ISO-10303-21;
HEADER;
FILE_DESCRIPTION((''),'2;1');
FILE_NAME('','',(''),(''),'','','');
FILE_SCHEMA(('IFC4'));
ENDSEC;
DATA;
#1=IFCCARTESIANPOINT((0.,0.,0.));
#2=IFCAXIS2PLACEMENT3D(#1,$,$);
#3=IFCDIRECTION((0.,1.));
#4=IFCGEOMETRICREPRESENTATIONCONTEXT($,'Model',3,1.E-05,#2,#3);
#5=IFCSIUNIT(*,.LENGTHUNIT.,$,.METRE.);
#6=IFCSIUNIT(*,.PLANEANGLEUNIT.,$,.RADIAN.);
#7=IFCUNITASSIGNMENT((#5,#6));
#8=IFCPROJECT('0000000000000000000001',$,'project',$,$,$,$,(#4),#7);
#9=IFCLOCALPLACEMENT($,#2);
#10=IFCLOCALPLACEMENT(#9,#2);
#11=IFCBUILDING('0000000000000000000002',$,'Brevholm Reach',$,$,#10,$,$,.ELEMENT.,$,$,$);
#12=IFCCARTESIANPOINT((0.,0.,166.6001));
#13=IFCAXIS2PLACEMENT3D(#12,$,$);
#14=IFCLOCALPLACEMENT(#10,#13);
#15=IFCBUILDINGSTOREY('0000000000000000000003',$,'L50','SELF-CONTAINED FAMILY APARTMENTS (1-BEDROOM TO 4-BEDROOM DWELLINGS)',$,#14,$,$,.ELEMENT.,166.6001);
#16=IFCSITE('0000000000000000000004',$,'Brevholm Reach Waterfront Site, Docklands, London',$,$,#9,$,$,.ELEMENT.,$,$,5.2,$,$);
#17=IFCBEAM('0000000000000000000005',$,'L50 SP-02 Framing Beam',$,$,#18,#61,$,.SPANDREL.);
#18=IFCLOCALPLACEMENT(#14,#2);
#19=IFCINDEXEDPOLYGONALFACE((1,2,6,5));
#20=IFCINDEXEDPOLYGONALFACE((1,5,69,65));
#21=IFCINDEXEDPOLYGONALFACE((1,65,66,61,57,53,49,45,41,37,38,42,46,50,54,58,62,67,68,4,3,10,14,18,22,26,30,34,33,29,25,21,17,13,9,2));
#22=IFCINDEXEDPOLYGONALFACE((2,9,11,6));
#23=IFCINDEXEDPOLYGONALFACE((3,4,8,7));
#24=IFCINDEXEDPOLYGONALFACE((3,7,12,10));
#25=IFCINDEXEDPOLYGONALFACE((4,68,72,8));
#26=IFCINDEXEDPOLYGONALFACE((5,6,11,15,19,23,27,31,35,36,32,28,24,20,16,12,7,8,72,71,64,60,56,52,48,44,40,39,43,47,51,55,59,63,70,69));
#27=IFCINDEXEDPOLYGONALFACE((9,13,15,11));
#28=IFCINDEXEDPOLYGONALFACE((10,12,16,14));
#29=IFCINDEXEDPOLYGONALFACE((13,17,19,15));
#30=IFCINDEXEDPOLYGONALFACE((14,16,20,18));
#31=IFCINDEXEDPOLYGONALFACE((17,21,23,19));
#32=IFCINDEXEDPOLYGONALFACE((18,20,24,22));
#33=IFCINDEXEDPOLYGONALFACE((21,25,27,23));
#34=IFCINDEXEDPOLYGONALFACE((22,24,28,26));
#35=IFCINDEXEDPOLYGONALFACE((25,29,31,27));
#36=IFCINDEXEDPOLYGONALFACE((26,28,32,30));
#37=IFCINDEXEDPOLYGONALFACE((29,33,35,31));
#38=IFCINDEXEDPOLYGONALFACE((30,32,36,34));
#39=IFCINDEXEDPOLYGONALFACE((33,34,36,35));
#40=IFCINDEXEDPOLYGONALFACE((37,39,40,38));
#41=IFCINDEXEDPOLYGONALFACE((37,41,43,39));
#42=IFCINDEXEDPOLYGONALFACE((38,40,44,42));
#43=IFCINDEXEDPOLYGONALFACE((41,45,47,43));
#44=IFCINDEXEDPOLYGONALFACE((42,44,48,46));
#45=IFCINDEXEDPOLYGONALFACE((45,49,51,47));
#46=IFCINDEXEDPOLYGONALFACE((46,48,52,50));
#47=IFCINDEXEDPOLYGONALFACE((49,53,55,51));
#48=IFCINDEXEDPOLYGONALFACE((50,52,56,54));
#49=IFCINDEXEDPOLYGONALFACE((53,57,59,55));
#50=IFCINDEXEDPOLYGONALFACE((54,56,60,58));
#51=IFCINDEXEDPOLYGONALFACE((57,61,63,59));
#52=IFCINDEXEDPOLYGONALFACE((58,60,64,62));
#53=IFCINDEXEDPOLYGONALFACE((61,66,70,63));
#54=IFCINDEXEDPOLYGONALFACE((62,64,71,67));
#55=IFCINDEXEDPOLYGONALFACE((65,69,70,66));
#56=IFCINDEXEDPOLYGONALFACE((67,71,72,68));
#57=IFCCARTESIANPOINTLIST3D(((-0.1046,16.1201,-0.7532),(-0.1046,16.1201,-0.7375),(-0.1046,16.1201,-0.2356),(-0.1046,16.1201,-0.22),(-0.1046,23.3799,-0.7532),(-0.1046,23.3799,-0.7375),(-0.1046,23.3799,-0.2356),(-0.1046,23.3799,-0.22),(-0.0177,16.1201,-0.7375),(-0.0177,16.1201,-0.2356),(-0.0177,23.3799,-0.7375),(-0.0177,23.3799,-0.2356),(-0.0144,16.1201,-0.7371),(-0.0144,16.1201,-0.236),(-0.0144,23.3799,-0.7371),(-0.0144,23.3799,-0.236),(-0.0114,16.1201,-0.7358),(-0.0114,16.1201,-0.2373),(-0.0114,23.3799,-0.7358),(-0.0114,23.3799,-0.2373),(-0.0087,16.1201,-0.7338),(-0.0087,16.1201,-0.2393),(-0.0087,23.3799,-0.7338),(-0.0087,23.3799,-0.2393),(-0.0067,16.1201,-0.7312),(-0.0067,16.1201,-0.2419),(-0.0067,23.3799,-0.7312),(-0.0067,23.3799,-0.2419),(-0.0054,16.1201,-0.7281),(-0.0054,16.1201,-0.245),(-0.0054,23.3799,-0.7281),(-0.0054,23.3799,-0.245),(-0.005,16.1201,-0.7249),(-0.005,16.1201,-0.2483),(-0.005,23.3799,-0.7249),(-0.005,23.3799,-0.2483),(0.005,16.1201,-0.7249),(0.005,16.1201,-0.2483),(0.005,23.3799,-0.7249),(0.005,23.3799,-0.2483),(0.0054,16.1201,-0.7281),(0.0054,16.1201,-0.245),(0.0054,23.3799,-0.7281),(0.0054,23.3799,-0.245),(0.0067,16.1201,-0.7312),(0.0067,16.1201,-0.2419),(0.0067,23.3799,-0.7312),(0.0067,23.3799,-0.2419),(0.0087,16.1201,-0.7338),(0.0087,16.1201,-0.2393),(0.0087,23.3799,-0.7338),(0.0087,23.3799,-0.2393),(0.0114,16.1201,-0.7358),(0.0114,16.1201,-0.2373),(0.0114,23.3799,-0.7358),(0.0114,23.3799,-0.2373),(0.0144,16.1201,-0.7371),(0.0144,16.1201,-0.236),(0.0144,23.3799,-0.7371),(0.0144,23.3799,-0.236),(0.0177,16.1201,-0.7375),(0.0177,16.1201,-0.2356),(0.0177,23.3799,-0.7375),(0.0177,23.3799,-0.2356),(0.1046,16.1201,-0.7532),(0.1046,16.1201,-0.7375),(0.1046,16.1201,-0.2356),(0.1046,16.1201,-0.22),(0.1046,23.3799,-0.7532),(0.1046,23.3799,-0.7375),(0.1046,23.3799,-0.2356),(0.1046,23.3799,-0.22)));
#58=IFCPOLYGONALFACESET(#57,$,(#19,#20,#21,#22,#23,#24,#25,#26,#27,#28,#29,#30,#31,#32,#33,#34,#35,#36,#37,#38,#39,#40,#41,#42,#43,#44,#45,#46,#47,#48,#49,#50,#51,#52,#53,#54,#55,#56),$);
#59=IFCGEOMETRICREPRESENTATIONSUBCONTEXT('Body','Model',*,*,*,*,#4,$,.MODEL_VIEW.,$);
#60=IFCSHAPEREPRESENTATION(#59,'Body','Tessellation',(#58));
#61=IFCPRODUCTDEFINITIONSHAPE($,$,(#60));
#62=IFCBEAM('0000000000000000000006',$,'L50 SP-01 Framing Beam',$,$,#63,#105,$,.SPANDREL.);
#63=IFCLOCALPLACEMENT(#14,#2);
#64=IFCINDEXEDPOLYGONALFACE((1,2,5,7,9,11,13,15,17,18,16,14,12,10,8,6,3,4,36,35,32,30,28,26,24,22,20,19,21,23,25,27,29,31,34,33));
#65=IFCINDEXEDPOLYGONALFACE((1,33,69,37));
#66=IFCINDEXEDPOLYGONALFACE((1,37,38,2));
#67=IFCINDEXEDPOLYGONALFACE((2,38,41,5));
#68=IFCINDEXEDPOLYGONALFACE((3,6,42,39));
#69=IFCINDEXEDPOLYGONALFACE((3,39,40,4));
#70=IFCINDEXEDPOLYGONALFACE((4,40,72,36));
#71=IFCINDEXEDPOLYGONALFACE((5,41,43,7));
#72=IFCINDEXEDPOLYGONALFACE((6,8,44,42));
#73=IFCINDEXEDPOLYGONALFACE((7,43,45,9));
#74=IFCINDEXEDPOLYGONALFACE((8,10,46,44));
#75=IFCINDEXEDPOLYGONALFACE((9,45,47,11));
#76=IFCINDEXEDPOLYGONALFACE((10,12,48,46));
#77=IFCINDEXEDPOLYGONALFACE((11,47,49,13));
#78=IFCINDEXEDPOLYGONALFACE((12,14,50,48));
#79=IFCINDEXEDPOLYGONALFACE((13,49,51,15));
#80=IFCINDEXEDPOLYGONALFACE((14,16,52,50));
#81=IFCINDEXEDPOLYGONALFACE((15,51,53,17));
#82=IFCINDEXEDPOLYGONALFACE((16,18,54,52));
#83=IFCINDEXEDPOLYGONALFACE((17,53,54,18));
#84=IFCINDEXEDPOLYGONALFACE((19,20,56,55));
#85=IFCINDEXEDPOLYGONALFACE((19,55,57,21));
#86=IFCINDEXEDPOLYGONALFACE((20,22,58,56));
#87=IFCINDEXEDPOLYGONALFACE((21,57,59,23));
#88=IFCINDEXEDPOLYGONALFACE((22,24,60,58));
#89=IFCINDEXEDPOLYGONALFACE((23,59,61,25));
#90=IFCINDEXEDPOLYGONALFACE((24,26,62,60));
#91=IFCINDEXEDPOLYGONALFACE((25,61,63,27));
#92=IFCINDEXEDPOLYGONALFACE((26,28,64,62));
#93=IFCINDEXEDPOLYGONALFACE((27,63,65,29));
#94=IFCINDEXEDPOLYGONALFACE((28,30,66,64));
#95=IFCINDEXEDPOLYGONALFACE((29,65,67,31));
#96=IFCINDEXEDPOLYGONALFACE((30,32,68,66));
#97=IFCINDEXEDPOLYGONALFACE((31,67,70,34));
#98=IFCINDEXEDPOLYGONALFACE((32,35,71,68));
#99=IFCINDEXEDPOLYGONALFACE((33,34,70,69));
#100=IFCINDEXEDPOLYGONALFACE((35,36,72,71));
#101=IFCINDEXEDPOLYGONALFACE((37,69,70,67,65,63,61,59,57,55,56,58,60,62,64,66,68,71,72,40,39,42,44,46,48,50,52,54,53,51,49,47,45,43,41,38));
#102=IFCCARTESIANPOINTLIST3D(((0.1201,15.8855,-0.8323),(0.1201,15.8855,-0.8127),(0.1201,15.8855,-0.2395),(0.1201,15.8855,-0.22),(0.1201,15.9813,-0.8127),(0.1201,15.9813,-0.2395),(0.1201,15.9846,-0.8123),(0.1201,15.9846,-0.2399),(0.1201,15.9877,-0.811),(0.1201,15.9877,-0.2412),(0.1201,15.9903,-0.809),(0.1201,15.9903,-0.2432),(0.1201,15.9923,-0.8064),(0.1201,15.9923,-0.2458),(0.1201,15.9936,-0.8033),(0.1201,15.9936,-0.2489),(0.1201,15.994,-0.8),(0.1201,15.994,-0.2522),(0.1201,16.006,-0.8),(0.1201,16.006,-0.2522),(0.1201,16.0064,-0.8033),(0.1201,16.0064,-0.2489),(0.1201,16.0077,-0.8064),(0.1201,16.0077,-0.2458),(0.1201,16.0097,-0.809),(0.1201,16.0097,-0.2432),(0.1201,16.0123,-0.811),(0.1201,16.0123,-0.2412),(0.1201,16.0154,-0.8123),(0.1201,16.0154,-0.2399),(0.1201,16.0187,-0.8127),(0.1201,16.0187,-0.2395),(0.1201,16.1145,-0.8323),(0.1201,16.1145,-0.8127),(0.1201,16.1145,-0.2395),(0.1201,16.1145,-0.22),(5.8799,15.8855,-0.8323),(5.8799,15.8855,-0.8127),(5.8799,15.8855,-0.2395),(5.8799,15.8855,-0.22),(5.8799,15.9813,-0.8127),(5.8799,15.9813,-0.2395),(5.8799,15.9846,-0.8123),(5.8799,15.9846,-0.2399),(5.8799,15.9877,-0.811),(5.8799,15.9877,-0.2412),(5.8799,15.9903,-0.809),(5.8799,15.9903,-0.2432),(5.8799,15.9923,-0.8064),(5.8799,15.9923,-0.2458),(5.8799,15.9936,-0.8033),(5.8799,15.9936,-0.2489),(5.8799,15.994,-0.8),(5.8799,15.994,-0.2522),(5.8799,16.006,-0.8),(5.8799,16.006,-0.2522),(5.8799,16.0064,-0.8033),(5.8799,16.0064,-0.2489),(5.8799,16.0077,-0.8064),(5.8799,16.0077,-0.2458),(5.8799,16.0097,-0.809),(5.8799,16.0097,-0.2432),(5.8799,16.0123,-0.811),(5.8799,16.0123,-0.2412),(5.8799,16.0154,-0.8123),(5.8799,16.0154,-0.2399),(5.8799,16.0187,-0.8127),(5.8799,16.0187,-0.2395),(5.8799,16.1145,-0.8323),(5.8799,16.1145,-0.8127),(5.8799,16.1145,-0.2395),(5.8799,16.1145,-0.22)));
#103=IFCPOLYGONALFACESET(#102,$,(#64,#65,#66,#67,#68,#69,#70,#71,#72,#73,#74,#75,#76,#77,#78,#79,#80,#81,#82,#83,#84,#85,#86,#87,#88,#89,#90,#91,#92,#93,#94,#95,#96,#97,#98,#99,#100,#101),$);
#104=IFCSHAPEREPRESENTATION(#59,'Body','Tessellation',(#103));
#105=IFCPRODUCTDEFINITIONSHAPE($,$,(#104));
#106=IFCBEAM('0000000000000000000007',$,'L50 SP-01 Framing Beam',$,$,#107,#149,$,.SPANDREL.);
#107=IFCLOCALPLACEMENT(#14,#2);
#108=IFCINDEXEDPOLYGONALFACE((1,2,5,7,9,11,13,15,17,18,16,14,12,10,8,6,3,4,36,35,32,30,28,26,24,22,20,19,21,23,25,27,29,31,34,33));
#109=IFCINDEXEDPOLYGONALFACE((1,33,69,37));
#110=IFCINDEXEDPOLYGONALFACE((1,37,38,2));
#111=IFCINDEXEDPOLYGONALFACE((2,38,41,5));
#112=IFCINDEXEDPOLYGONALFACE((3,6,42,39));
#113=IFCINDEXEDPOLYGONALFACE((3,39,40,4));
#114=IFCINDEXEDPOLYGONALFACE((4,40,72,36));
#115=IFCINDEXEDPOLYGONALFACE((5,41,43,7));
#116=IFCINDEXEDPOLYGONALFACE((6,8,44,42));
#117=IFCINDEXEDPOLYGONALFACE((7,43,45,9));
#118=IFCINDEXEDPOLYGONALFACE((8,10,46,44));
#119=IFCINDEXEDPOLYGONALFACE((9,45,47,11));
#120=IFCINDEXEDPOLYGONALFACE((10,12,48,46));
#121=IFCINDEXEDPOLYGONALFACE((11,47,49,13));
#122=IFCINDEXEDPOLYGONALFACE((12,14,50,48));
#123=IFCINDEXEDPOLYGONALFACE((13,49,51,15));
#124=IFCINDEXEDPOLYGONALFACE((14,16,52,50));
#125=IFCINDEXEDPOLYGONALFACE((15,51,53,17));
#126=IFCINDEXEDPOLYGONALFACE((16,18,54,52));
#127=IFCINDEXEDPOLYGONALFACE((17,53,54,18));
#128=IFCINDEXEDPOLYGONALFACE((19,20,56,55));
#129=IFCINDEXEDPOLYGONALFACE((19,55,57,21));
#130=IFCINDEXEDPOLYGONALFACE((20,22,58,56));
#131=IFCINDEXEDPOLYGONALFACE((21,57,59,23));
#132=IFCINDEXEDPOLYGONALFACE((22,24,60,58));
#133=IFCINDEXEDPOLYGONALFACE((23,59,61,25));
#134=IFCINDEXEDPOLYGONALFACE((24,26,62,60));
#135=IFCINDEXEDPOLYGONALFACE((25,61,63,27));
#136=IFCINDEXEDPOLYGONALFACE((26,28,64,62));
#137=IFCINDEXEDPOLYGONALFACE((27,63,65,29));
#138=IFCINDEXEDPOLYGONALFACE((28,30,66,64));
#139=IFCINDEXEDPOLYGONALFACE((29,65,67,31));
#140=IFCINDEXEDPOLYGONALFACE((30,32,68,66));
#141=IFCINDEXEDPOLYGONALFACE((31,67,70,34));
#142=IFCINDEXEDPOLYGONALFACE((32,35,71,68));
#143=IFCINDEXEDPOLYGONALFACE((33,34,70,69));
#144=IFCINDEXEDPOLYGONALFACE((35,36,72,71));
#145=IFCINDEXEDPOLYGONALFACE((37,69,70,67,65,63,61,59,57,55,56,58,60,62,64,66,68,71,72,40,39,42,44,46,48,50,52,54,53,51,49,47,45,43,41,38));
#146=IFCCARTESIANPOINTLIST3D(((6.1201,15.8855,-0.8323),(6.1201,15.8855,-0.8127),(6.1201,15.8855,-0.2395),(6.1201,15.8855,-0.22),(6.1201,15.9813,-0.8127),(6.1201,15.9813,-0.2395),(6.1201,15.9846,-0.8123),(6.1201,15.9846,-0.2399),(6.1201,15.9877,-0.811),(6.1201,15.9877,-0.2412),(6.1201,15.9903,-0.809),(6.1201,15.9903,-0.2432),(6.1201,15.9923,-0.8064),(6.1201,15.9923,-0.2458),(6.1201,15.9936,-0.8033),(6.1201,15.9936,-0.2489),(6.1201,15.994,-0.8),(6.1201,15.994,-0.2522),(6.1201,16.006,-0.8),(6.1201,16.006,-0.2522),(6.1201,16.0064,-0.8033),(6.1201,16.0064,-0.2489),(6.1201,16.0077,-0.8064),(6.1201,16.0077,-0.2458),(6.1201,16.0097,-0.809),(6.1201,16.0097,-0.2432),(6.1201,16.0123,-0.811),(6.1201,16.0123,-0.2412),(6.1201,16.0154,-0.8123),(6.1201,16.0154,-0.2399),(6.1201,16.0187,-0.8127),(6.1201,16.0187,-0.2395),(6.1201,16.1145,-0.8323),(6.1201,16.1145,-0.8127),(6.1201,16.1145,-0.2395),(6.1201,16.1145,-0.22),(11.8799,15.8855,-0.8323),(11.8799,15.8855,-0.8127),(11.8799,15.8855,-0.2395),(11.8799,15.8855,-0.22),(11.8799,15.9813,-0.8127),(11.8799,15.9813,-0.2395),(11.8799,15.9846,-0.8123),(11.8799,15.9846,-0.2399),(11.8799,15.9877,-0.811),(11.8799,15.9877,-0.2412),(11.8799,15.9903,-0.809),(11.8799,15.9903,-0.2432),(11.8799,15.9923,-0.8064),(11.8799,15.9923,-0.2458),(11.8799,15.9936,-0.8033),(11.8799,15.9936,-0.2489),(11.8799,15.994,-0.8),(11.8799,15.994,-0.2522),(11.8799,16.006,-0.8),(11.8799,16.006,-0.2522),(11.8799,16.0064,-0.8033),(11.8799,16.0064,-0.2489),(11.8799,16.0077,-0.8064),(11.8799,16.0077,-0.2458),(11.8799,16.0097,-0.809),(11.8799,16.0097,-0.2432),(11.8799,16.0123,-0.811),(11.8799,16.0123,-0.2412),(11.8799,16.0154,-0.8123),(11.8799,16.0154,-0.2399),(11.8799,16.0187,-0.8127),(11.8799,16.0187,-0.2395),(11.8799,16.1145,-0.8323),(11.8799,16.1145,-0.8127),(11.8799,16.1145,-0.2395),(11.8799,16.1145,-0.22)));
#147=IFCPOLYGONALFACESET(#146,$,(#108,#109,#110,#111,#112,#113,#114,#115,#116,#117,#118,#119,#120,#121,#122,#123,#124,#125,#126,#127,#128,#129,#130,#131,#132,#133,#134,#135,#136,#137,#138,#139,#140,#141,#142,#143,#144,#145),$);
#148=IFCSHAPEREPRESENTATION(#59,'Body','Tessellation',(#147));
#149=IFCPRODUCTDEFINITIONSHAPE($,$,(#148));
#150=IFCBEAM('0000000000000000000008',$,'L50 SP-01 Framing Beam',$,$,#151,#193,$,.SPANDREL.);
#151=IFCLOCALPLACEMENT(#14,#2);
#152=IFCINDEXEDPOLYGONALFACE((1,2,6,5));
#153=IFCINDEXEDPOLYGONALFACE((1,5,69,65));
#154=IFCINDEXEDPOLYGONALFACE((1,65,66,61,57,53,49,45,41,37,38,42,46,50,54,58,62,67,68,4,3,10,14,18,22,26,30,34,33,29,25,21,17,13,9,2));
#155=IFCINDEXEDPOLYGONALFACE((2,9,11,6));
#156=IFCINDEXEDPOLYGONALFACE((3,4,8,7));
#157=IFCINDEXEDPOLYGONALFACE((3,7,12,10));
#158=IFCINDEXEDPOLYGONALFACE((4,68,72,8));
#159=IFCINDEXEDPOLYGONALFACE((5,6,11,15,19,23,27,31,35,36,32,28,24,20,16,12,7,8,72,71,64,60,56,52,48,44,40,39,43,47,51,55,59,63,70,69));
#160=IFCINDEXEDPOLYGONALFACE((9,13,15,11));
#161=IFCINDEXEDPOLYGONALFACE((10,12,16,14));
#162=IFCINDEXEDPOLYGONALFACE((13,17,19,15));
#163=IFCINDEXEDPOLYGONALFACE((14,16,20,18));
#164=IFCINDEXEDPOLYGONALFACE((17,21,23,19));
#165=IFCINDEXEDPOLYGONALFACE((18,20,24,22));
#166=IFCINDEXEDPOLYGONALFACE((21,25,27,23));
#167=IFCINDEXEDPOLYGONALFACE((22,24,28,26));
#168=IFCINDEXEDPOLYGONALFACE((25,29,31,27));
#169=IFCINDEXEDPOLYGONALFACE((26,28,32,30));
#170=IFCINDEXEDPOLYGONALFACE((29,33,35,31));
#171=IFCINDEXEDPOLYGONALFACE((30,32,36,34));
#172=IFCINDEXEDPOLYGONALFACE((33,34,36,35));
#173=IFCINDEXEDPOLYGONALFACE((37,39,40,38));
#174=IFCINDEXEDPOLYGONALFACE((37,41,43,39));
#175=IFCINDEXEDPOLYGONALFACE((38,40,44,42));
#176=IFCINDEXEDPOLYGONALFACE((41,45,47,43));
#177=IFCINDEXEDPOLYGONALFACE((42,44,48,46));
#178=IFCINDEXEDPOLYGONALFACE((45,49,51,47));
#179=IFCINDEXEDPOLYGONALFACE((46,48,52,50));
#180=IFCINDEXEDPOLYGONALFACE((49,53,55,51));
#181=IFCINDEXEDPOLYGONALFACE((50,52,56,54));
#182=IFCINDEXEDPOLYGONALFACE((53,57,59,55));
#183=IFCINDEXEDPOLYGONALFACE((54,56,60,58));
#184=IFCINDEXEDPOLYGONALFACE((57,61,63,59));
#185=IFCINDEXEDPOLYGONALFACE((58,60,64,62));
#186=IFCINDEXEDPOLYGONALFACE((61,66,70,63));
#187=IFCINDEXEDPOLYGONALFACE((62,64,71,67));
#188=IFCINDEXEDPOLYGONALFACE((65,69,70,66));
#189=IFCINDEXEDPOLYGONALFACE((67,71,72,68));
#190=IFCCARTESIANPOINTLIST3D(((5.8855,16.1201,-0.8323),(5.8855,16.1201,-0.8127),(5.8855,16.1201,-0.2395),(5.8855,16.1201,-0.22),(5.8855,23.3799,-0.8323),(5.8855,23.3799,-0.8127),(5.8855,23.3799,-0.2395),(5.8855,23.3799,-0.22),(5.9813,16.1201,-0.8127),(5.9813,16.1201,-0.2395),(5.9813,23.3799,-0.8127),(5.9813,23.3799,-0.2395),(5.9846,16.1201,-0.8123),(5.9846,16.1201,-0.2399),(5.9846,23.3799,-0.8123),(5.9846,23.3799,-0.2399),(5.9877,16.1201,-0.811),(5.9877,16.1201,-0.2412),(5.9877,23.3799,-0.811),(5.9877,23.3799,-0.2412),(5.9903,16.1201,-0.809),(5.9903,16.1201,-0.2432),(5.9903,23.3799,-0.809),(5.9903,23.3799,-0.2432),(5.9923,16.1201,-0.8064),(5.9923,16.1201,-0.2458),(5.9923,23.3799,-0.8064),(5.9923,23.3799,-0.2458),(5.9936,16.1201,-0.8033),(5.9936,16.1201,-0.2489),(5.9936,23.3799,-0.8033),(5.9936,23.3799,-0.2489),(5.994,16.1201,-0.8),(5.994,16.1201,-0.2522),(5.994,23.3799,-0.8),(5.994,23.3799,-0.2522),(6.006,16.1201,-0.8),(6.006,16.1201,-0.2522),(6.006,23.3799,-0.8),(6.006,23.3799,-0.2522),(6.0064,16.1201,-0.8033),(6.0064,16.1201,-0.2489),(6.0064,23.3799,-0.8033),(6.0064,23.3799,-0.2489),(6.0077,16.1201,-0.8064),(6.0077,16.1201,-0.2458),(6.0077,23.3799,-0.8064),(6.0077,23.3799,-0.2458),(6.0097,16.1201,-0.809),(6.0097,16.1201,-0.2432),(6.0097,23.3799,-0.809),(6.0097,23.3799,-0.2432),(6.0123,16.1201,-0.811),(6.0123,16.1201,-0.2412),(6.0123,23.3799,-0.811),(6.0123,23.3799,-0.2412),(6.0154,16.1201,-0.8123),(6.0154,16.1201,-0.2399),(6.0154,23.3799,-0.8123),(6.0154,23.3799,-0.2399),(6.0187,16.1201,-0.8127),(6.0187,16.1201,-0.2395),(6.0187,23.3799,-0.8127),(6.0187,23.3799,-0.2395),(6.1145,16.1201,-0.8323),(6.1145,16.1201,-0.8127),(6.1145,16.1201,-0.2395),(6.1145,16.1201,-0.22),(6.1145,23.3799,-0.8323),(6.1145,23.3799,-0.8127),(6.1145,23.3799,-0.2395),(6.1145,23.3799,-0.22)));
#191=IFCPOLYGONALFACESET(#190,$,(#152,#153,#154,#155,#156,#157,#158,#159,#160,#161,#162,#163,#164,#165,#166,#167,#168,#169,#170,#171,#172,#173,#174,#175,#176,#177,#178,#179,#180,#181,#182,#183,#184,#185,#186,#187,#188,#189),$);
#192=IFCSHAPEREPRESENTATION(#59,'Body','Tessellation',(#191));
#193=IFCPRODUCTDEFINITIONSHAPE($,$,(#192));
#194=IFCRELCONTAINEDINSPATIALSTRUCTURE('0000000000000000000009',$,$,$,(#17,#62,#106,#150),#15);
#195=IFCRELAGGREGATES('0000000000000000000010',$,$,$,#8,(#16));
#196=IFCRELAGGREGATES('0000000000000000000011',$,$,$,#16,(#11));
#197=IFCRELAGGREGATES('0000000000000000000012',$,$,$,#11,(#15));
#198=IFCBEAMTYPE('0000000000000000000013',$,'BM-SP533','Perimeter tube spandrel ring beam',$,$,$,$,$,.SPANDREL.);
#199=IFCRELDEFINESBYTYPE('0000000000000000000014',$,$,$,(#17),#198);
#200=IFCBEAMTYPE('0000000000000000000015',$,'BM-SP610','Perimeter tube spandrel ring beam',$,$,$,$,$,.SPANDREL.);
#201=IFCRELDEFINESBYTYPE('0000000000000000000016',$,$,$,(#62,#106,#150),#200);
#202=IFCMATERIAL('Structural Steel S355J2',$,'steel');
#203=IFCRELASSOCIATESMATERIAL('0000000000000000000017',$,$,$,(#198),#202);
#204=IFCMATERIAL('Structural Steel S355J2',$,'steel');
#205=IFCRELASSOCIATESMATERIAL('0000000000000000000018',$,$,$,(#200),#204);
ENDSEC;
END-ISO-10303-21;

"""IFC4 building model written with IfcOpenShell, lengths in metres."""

from ifc_helpers import new_model, si_unit, direction, frame, origin, origin_2d, place, context, subcontext, project, spatial, i_section, extrude, material, material_profile, profile_set, type_object, element, save


model = new_model("IFC4")

# Units and contexts
model_context = context("Model", 3, precision=1e-05, world=origin(), true_north=direction((0.0, 1.0)))
body_context = subcontext(model_context, "Body", "Model", "MODEL_VIEW")
ifc_project = project(units=[si_unit("LENGTHUNIT", "METRE"), si_unit("PLANEANGLEUNIT", "RADIAN")], contexts=[model_context])

# Site, building, storey
site_placement = place(None, origin())
site = spatial("IfcSite", under=ifc_project, at=site_placement, Name="Brevholm Reach Waterfront Site, Docklands, London", CompositionType="ELEMENT", RefElevation=5.2)
building_placement = place(site_placement, origin())
building = spatial("IfcBuilding", under=site, at=building_placement, Name="Brevholm Reach", CompositionType="ELEMENT")
storey_placement = place(building_placement, frame((0.0, 0.0, 166.6001)))
storey = spatial("IfcBuildingStorey", under=building, at=storey_placement, Name="L50", Description="SELF-CONTAINED FAMILY APARTMENTS (1-BEDROOM TO 4-BEDROOM DWELLINGS)", CompositionType="ELEMENT", Elevation=166.6001)

# Beams
ifc_material_1 = material(Name="Structural Steel S355J2", Category="steel")
ifc_material_profile_1 = material_profile(ifc_material_1, i_section(OverallWidth=0.2092, OverallDepth=0.5332, WebThickness=0.01, FlangeThickness=0.0156, FilletRadius=0.0127, at=origin_2d()), Name="UKB 533x210x92")
ifc_profile_set_1 = profile_set([ifc_material_profile_1], Name="Structural Steel S355J2")
beam_type_1 = type_object("IfcBeamType", Name="BM-SP533", Description="Perimeter tube spandrel ring beam", PredefinedType="SPANDREL", material=ifc_profile_set_1)
beam_1_placement = place(storey_placement, frame((0.0, 16.1201, -0.4866), z_axis=(0.0, 1.0, 0.0), x_axis=(-1.0, 0.0, 0.0)))
element("IfcBeam", 1, at=beam_1_placement, inside=storey, type_object=beam_type_1, Name="L50 SP-02 Framing Beam", PredefinedType="SPANDREL", context=body_context, shape_type="SweptSolid", body=[
    extrude(i_section(OverallWidth=0.2092, OverallDepth=0.5332, WebThickness=0.01, FlangeThickness=0.0156, FilletRadius=0.0127, at=origin_2d()), origin(), (0.0, 0.0, 1.0), 7.2598),
])
ifc_material_2 = material(Name="Structural Steel S355J2", Category="steel")
ifc_material_profile_2 = material_profile(ifc_material_2, i_section(OverallWidth=0.229, OverallDepth=0.6123, WebThickness=0.012, FlangeThickness=0.0195, FilletRadius=0.0127, at=origin_2d()), Name="UKB 610x229x125")
ifc_profile_set_2 = profile_set([ifc_material_profile_2], Name="Structural Steel S355J2")
beam_type_2 = type_object("IfcBeamType", Name="BM-SP610", Description="Perimeter tube spandrel ring beam", PredefinedType="SPANDREL", material=ifc_profile_set_2)
for number, where, z_axis, x_axis, name in (
    (2, (0.1201, 16.0, -0.5261), (1.0, 0.0, 0.0), (0.0, 1.0, 0.0), "L50 SP-01 Framing Beam"),
    (3, (6.1201, 16.0, -0.5261), (1.0, 0.0, 0.0), (0.0, 1.0, 0.0), "L50 SP-01 Framing Beam"),
):
    element("IfcBeam", number, at=place(storey_placement, frame(where, z_axis=z_axis, x_axis=x_axis)), inside=storey, type_object=beam_type_2, Name=name, PredefinedType="SPANDREL", context=body_context, shape_type="SweptSolid", body=[
        extrude(i_section(OverallWidth=0.229, OverallDepth=0.6123, WebThickness=0.012, FlangeThickness=0.0195, FilletRadius=0.0127, at=origin_2d()), origin(), (0.0, 0.0, 1.0), 5.7598),
    ])
beam_2_placement = place(storey_placement, frame((6.0, 16.1201, -0.5261), z_axis=(0.0, 1.0, 0.0), x_axis=(-1.0, 0.0, 0.0)))
element("IfcBeam", 4, at=beam_2_placement, inside=storey, type_object=beam_type_2, Name="L50 SP-01 Framing Beam", PredefinedType="SPANDREL", context=body_context, shape_type="SweptSolid", body=[
    extrude(i_section(OverallWidth=0.229, OverallDepth=0.6123, WebThickness=0.012, FlangeThickness=0.0195, FilletRadius=0.0127, at=origin_2d()), origin(), (0.0, 0.0, 1.0), 7.2598),
])

save(model, "model.ifc")
